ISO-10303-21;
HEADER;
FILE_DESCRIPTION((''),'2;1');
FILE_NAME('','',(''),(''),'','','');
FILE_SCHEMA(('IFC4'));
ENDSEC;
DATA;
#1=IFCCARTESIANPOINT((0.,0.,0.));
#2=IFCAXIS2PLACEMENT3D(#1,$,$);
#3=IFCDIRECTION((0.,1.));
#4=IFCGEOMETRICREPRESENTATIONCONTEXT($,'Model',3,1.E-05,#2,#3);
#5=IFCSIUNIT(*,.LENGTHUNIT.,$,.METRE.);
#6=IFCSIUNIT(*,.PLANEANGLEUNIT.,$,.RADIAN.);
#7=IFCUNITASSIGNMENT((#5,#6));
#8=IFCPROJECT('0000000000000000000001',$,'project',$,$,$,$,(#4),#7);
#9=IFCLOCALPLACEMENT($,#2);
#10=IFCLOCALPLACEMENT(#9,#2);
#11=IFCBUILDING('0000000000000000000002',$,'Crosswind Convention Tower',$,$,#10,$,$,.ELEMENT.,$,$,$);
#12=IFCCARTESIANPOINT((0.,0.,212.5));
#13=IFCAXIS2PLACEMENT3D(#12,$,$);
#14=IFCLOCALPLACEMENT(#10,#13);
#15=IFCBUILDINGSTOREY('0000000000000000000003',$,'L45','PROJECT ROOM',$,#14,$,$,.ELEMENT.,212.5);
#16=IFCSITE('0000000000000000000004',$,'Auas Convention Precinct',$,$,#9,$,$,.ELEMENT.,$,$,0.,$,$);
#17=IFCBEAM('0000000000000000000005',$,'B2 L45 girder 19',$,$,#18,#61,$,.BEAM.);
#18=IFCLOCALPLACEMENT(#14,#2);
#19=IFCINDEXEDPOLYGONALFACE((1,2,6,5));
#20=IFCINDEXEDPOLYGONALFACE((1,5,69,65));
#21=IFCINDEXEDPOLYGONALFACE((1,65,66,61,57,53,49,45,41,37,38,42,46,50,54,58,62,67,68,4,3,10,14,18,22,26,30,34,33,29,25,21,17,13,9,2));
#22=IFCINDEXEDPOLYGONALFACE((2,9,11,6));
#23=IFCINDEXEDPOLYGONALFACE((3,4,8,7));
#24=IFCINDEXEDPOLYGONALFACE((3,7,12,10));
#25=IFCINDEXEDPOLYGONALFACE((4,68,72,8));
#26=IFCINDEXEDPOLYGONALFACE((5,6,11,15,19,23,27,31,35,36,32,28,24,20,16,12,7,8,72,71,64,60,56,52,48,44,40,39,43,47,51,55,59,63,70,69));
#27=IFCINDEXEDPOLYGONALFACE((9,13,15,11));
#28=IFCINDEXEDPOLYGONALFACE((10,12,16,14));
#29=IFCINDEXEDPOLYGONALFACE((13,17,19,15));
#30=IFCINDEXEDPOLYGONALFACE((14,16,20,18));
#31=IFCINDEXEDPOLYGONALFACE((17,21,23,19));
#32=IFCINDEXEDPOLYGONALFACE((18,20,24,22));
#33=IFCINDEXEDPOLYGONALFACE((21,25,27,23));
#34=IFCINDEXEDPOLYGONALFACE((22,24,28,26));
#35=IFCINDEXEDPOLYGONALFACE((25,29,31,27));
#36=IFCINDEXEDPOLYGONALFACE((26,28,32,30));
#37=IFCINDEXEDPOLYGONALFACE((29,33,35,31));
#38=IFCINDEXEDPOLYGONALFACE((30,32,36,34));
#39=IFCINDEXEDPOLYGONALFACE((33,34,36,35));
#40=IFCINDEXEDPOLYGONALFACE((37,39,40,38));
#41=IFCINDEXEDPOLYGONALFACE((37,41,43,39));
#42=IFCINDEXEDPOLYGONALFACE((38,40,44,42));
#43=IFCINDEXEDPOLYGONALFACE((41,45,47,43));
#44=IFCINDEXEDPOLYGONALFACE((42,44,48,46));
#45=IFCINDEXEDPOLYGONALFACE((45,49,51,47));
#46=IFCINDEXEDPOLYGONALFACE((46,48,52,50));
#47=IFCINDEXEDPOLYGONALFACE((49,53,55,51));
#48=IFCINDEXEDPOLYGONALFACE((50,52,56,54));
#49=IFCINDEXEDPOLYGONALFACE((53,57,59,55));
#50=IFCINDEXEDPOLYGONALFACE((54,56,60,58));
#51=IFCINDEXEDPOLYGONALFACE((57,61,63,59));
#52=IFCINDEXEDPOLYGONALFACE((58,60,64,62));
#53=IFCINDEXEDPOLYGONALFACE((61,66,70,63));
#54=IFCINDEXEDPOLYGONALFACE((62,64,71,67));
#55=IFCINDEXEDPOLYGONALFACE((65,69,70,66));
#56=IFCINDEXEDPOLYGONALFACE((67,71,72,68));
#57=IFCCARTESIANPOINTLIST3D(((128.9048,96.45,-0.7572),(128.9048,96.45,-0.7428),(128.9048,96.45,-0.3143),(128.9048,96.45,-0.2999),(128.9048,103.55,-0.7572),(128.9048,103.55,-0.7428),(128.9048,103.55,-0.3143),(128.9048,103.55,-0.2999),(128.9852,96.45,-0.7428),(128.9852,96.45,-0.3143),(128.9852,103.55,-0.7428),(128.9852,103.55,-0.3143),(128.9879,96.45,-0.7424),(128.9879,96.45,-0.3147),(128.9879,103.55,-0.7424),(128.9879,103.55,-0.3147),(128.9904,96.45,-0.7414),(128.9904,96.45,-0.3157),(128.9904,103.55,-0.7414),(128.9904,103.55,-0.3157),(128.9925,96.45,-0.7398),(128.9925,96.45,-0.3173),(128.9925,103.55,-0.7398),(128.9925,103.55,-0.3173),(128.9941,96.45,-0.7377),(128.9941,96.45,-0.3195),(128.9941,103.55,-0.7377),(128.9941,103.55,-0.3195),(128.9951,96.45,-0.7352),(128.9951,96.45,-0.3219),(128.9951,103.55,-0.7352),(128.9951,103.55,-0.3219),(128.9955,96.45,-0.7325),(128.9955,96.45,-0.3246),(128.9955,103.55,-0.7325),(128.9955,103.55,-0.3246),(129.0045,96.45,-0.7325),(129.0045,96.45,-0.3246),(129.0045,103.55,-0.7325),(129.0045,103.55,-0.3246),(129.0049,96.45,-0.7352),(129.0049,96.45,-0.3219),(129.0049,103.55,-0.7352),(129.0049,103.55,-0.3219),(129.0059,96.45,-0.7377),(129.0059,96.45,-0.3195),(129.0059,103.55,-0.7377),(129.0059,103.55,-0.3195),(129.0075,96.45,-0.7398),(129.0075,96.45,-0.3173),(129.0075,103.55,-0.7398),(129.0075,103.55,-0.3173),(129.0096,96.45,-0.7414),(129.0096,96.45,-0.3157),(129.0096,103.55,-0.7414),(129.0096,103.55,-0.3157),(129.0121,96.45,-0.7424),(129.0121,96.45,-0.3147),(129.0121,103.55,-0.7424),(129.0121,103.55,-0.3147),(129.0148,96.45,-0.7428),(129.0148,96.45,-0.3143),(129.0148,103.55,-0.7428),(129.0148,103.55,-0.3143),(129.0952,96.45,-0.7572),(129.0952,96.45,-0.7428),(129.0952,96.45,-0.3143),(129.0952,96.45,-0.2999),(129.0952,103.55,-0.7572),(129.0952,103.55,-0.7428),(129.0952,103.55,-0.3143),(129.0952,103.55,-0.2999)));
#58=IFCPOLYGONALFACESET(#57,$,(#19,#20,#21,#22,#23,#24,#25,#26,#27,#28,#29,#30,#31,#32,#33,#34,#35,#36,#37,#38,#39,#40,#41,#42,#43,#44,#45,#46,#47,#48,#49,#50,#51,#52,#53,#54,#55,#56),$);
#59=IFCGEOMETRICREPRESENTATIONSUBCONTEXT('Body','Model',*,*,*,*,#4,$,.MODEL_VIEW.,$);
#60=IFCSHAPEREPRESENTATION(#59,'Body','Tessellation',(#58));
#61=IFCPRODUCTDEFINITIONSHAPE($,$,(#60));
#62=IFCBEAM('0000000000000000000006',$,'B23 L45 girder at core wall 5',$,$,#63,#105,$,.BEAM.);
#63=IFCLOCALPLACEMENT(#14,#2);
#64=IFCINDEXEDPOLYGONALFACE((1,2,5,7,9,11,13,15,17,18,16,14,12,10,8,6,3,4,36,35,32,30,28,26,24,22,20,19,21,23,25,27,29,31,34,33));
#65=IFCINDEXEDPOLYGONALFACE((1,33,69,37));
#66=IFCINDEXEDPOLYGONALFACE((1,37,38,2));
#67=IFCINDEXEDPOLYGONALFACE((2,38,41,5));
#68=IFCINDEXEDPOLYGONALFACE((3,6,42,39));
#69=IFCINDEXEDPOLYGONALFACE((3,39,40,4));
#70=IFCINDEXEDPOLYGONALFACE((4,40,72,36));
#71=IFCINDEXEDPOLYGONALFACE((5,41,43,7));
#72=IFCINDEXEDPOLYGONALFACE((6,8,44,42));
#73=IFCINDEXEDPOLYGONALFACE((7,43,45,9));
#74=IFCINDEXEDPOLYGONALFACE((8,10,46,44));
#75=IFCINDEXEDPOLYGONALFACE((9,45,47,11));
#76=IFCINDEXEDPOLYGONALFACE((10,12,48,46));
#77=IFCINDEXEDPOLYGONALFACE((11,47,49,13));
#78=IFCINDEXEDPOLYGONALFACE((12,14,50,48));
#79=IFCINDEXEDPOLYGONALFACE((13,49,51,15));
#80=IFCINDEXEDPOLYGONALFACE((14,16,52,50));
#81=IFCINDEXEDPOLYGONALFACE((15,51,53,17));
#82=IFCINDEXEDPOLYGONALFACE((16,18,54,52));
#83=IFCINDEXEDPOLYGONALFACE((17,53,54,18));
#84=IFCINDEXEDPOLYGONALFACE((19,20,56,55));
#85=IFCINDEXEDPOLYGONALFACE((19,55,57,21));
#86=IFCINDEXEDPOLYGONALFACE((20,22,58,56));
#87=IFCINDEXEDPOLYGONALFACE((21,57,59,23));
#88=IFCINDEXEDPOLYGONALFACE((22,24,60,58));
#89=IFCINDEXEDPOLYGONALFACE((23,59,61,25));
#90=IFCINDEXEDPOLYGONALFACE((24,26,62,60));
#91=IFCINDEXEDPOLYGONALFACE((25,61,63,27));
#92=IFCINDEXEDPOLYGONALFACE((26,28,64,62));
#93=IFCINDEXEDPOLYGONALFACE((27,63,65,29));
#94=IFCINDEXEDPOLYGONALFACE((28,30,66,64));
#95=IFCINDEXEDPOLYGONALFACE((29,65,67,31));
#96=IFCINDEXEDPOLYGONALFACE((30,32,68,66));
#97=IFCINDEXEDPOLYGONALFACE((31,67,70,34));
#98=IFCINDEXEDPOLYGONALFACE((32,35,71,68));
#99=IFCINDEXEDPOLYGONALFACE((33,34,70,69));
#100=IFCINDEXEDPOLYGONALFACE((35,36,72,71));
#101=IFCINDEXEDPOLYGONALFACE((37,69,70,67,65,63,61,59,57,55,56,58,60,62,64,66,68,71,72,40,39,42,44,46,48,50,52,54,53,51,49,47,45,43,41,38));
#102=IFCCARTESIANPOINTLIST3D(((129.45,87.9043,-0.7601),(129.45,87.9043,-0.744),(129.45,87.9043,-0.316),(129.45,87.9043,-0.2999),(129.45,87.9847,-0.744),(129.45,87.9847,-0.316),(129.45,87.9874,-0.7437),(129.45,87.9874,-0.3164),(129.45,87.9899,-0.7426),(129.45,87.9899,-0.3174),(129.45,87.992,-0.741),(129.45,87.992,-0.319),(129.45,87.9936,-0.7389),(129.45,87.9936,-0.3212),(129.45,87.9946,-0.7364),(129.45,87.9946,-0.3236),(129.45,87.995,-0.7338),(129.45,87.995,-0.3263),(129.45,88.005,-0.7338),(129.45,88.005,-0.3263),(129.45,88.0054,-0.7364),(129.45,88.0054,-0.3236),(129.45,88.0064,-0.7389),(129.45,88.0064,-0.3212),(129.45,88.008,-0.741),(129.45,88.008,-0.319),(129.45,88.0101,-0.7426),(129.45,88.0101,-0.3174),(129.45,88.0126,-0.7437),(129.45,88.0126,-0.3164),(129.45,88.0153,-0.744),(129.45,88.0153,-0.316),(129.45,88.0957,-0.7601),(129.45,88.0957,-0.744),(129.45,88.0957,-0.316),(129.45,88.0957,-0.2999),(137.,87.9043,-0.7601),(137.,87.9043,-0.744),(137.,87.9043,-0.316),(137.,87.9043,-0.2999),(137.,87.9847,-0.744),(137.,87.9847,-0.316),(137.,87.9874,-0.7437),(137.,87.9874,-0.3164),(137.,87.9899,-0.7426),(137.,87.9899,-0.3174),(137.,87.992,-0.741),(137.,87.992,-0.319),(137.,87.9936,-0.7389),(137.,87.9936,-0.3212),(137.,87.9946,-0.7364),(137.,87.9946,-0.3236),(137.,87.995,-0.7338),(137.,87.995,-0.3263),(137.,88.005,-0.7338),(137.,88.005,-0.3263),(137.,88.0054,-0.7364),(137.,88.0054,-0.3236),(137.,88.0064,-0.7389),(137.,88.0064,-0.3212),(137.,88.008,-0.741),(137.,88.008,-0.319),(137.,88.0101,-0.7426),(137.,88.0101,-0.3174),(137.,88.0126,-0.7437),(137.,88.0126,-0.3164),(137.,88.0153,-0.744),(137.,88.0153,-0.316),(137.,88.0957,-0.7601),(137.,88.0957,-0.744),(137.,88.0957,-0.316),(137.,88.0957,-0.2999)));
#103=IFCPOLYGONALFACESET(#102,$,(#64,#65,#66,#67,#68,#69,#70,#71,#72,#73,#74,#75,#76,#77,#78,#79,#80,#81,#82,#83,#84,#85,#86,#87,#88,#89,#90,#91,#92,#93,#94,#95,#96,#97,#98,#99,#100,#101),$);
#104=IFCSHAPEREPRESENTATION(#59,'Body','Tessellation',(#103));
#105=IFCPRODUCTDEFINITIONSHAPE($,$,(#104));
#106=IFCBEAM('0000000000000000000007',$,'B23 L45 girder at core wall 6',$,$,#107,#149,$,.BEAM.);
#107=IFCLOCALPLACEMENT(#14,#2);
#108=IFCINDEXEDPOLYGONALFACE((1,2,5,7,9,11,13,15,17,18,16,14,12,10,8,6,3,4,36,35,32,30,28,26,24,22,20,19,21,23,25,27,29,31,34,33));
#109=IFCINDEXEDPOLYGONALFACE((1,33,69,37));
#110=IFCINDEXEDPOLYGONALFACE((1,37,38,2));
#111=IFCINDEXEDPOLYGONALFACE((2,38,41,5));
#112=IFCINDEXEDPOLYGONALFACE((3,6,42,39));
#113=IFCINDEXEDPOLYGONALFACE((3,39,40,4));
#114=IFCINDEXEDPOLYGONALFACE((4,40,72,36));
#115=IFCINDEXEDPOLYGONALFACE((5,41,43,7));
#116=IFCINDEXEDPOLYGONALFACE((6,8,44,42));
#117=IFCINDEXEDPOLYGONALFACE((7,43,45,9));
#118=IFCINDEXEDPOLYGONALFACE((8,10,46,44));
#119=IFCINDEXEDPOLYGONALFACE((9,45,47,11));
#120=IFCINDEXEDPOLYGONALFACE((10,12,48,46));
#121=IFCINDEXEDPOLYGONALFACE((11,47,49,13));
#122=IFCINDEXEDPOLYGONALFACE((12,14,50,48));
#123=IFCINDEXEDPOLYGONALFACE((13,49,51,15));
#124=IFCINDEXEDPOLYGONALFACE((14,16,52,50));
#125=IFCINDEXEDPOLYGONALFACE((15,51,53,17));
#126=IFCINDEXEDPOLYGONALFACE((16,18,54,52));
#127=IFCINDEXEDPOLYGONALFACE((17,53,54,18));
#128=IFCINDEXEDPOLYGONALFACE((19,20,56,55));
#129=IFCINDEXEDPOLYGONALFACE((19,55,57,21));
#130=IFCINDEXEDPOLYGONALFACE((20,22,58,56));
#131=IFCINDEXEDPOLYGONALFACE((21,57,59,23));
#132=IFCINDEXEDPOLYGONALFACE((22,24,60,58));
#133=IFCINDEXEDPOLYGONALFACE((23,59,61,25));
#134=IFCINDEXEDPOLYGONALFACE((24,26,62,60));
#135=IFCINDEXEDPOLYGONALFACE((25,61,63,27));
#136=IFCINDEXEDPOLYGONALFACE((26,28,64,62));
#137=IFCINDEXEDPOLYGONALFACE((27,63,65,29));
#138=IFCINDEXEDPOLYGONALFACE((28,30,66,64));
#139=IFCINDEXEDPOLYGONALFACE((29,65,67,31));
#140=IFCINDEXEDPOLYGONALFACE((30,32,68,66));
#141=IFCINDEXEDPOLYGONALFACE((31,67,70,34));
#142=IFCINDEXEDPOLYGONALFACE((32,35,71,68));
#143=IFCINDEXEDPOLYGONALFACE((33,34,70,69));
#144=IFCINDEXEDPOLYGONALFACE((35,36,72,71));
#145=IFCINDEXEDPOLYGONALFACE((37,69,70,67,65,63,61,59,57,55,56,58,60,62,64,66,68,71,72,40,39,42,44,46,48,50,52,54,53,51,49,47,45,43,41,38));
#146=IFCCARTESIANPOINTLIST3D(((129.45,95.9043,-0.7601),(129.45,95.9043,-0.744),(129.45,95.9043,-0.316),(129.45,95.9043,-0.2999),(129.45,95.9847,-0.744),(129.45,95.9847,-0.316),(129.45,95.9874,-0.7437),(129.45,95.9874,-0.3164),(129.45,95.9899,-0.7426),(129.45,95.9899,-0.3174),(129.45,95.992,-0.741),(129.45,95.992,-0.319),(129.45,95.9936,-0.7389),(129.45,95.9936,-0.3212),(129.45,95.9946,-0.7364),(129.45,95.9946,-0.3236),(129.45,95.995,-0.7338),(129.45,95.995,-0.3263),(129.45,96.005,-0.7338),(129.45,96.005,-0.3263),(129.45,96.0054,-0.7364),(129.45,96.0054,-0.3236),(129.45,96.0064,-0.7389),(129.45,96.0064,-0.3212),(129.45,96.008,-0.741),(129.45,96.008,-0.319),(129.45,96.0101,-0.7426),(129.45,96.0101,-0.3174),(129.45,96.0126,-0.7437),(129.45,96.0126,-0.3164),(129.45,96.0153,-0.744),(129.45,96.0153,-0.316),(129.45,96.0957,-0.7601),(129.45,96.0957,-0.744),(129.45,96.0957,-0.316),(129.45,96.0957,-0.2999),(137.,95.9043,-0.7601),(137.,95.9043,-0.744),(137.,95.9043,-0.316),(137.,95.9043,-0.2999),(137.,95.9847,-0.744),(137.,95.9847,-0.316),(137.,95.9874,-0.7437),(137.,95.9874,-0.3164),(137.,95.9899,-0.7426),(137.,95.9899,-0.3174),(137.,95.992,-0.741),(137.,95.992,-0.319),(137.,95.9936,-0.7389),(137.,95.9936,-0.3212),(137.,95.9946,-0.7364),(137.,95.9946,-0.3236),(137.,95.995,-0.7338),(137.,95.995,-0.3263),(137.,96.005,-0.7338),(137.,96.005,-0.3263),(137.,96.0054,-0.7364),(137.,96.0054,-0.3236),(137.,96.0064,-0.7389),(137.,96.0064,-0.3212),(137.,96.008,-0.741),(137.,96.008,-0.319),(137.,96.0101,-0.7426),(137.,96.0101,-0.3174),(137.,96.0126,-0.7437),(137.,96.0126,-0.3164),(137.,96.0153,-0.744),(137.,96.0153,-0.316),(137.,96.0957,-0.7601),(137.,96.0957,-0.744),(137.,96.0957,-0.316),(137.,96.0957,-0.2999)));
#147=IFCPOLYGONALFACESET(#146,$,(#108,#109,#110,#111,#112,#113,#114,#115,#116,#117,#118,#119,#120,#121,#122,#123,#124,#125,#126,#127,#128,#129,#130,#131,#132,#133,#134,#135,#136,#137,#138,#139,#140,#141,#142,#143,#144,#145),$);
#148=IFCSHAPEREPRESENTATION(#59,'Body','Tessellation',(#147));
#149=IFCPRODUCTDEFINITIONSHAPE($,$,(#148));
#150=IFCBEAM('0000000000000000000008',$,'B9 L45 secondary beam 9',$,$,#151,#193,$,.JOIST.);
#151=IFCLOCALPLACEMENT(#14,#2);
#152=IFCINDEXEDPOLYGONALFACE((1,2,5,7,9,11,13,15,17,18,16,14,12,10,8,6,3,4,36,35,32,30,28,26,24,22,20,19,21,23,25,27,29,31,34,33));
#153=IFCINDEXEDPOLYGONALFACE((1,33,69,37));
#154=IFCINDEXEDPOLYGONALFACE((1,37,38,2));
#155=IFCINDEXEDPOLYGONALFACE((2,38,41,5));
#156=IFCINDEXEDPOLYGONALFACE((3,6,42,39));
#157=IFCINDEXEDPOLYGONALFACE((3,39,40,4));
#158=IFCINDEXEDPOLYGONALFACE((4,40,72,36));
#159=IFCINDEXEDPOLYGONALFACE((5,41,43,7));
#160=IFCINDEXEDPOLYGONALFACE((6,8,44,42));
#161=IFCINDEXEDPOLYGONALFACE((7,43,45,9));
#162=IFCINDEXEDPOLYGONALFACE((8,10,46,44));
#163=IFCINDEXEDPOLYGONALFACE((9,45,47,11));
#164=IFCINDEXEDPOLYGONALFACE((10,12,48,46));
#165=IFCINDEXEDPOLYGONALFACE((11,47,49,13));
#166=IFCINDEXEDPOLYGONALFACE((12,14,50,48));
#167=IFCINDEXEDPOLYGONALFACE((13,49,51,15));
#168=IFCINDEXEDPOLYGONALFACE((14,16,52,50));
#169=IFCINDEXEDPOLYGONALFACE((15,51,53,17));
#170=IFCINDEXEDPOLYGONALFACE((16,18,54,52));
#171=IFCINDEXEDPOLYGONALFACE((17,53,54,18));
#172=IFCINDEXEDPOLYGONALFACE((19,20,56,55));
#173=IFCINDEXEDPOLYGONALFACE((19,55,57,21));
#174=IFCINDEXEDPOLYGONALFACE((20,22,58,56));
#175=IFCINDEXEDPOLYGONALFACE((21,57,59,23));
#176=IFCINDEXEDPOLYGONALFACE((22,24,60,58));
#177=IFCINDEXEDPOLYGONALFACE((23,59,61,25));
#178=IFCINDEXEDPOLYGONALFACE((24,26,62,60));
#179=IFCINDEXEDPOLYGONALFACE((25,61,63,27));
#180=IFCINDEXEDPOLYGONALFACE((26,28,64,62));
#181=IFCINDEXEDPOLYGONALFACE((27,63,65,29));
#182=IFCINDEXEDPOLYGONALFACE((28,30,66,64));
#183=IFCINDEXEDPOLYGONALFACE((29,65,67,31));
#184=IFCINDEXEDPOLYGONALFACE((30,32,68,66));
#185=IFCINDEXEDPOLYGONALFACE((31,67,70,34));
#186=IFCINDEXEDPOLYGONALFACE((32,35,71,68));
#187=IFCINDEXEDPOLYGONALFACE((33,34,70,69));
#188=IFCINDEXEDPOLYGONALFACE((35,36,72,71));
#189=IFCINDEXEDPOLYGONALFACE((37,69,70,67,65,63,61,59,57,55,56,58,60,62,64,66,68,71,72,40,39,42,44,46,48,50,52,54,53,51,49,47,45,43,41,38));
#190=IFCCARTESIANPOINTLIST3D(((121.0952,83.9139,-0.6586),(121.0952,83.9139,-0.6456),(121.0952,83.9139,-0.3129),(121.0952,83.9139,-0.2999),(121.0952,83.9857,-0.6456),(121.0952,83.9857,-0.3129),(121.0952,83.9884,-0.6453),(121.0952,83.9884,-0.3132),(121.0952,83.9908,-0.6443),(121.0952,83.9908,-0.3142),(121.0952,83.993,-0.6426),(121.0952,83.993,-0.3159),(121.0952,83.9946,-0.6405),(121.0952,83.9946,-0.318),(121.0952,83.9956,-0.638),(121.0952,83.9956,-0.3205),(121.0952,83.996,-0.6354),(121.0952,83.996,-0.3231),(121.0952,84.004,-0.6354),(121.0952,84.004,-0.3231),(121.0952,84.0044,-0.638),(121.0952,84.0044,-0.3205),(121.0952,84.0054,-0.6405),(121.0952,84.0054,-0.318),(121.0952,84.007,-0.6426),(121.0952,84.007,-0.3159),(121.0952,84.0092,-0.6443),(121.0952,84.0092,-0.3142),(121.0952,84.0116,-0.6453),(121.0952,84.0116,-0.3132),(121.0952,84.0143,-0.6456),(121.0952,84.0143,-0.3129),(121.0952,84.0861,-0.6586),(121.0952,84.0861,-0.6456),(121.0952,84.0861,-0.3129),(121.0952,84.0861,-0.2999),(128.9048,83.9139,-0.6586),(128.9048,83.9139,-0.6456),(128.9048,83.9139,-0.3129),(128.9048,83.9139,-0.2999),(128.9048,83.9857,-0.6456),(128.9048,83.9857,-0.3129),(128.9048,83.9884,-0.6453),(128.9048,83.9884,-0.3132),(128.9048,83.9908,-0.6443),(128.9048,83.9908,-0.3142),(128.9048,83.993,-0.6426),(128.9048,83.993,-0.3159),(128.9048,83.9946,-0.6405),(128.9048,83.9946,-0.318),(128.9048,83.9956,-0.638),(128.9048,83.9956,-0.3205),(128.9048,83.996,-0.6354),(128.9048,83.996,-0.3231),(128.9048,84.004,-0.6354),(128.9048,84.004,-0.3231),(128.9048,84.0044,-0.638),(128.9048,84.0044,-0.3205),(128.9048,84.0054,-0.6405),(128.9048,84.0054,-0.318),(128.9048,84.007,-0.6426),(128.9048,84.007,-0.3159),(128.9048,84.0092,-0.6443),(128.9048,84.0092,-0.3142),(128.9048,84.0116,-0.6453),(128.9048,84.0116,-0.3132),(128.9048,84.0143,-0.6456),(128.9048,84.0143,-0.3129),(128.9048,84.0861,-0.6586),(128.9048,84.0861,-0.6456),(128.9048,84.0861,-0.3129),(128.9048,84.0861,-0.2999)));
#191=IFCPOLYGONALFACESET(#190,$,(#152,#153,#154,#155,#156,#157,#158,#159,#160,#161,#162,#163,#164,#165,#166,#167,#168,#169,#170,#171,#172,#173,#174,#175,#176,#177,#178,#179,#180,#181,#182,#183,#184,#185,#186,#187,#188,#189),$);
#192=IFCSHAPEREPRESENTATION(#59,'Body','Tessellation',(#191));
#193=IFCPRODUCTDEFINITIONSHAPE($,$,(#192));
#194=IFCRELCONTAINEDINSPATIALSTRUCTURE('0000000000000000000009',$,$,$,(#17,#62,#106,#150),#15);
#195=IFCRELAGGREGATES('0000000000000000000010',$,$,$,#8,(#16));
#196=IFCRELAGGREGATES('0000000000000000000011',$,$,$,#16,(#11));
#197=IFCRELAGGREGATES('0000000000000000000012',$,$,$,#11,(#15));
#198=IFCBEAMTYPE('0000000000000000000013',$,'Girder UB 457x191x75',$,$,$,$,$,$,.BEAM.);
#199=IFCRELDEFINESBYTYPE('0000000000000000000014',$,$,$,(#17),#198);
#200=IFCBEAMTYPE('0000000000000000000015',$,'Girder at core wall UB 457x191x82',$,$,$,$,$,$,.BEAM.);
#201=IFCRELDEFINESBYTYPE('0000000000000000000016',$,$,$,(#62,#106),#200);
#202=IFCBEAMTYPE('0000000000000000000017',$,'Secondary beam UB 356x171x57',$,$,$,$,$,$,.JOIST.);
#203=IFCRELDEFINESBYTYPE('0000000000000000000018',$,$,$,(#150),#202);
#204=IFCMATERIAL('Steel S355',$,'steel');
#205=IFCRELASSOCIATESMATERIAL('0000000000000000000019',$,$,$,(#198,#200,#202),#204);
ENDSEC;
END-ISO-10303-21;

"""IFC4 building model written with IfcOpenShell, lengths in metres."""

from ifc_helpers import new_model, si_unit, direction, frame, origin, origin_2d, place, context, subcontext, project, spatial, i_section, extrude, material, material_profile, profile_set, type_object, element, save


model = new_model("IFC4")

# Units and contexts
model_context = context("Model", 3, precision=1e-05, world=origin(), true_north=direction((0.0, 1.0)))
body_context = subcontext(model_context, "Body", "Model", "MODEL_VIEW")
ifc_project = project(units=[si_unit("LENGTHUNIT", "METRE"), si_unit("PLANEANGLEUNIT", "RADIAN")], contexts=[model_context])

# Site, building, storey
site_placement = place(None, origin())
site = spatial("IfcSite", under=ifc_project, at=site_placement, Name="Auas Convention Precinct", CompositionType="ELEMENT", RefElevation=0.0)
building_placement = place(site_placement, origin())
building = spatial("IfcBuilding", under=site, at=building_placement, Name="Crosswind Convention Tower", CompositionType="ELEMENT")
storey_placement = place(building_placement, frame((0.0, 0.0, 212.5)))
storey = spatial("IfcBuildingStorey", under=building, at=storey_placement, Name="L45", Description="PROJECT ROOM", CompositionType="ELEMENT", Elevation=212.5)

# Beams
ifc_material_1 = material(Name="Steel S355", Category="steel")
ifc_material_profile_1 = material_profile(ifc_material_1, i_section(OverallWidth=0.1904, OverallDepth=0.4573, WebThickness=0.009, FlangeThickness=0.0144, FilletRadius=0.0103, at=origin_2d()), Name="UB 457x191x75")
ifc_profile_set_1 = profile_set([ifc_material_profile_1], Name="Steel S355")
beam_type_1 = type_object("IfcBeamType", Name="Girder UB 457x191x75", PredefinedType="BEAM", material=ifc_profile_set_1)
for number, where, z_axis, x_axis, name in (
    (1, (129.0, 96.45, -0.5286), (0.0, 1.0, 0.0), (-1.0, 0.0, 0.0), "B2 L45 girder 19"),
):
    element("IfcBeam", number, at=place(storey_placement, frame(where, z_axis=z_axis, x_axis=x_axis)), inside=storey, type_object=beam_type_1, Name=name, PredefinedType="BEAM", context=body_context, shape_type="SweptSolid", body=[
        extrude(i_section(OverallWidth=0.1904, OverallDepth=0.4573, WebThickness=0.009, FlangeThickness=0.0144, FilletRadius=0.0103, at=origin_2d()), origin(), (0.0, 0.0, 1.0), 7.1001),
    ])
ifc_material_profile_2 = material_profile(ifc_material_1, i_section(OverallWidth=0.1914, OverallDepth=0.4602, WebThickness=0.01, FlangeThickness=0.0161, FilletRadius=0.0103, at=origin_2d()), Name="UB 457x191x82")
ifc_profile_set_2 = profile_set([ifc_material_profile_2], Name="Steel S355")
beam_type_2 = type_object("IfcBeamType", Name="Girder at core wall UB 457x191x82", PredefinedType="BEAM", material=ifc_profile_set_2)
for number, where, z_axis, x_axis, name in (
    (2, (129.45, 88.0, -0.53), (1.0, 0.0, 0.0), (0.0, 1.0, 0.0), "B23 L45 girder at core wall 5"),
    (3, (129.45, 96.0, -0.53), (1.0, 0.0, 0.0), (0.0, 1.0, 0.0), "B23 L45 girder at core wall 6"),
):
    element("IfcBeam", number, at=place(storey_placement, frame(where, z_axis=z_axis, x_axis=x_axis)), inside=storey, type_object=beam_type_2, Name=name, PredefinedType="BEAM", context=body_context, shape_type="SweptSolid", body=[
        extrude(i_section(OverallWidth=0.1914, OverallDepth=0.4602, WebThickness=0.01, FlangeThickness=0.0161, FilletRadius=0.0103, at=origin_2d()), origin(), (0.0, 0.0, 1.0), 7.55),
    ])
ifc_material_profile_3 = material_profile(ifc_material_1, i_section(OverallWidth=0.1721, OverallDepth=0.3586, WebThickness=0.0081, FlangeThickness=0.0129, FilletRadius=0.0103, at=origin_2d()), Name="UB 356x171x57")
ifc_profile_set_3 = profile_set([ifc_material_profile_3], Name="Steel S355")
beam_type_3 = type_object("IfcBeamType", Name="Secondary beam UB 356x171x57", PredefinedType="JOIST", material=ifc_profile_set_3)
for number, where, z_axis, x_axis, name in (
    (4, (121.0952, 84.0, -0.4792), (1.0, 0.0, 0.0), (0.0, 1.0, 0.0), "B9 L45 secondary beam 9"),
):
    element("IfcBeam", number, at=place(storey_placement, frame(where, z_axis=z_axis, x_axis=x_axis)), inside=storey, type_object=beam_type_3, Name=name, PredefinedType="JOIST", context=body_context, shape_type="SweptSolid", body=[
        extrude(i_section(OverallWidth=0.1721, OverallDepth=0.3586, WebThickness=0.0081, FlangeThickness=0.0129, FilletRadius=0.0103, at=origin_2d()), origin(), (0.0, 0.0, 1.0), 7.8096),
    ])

save(model, "model.ifc")
